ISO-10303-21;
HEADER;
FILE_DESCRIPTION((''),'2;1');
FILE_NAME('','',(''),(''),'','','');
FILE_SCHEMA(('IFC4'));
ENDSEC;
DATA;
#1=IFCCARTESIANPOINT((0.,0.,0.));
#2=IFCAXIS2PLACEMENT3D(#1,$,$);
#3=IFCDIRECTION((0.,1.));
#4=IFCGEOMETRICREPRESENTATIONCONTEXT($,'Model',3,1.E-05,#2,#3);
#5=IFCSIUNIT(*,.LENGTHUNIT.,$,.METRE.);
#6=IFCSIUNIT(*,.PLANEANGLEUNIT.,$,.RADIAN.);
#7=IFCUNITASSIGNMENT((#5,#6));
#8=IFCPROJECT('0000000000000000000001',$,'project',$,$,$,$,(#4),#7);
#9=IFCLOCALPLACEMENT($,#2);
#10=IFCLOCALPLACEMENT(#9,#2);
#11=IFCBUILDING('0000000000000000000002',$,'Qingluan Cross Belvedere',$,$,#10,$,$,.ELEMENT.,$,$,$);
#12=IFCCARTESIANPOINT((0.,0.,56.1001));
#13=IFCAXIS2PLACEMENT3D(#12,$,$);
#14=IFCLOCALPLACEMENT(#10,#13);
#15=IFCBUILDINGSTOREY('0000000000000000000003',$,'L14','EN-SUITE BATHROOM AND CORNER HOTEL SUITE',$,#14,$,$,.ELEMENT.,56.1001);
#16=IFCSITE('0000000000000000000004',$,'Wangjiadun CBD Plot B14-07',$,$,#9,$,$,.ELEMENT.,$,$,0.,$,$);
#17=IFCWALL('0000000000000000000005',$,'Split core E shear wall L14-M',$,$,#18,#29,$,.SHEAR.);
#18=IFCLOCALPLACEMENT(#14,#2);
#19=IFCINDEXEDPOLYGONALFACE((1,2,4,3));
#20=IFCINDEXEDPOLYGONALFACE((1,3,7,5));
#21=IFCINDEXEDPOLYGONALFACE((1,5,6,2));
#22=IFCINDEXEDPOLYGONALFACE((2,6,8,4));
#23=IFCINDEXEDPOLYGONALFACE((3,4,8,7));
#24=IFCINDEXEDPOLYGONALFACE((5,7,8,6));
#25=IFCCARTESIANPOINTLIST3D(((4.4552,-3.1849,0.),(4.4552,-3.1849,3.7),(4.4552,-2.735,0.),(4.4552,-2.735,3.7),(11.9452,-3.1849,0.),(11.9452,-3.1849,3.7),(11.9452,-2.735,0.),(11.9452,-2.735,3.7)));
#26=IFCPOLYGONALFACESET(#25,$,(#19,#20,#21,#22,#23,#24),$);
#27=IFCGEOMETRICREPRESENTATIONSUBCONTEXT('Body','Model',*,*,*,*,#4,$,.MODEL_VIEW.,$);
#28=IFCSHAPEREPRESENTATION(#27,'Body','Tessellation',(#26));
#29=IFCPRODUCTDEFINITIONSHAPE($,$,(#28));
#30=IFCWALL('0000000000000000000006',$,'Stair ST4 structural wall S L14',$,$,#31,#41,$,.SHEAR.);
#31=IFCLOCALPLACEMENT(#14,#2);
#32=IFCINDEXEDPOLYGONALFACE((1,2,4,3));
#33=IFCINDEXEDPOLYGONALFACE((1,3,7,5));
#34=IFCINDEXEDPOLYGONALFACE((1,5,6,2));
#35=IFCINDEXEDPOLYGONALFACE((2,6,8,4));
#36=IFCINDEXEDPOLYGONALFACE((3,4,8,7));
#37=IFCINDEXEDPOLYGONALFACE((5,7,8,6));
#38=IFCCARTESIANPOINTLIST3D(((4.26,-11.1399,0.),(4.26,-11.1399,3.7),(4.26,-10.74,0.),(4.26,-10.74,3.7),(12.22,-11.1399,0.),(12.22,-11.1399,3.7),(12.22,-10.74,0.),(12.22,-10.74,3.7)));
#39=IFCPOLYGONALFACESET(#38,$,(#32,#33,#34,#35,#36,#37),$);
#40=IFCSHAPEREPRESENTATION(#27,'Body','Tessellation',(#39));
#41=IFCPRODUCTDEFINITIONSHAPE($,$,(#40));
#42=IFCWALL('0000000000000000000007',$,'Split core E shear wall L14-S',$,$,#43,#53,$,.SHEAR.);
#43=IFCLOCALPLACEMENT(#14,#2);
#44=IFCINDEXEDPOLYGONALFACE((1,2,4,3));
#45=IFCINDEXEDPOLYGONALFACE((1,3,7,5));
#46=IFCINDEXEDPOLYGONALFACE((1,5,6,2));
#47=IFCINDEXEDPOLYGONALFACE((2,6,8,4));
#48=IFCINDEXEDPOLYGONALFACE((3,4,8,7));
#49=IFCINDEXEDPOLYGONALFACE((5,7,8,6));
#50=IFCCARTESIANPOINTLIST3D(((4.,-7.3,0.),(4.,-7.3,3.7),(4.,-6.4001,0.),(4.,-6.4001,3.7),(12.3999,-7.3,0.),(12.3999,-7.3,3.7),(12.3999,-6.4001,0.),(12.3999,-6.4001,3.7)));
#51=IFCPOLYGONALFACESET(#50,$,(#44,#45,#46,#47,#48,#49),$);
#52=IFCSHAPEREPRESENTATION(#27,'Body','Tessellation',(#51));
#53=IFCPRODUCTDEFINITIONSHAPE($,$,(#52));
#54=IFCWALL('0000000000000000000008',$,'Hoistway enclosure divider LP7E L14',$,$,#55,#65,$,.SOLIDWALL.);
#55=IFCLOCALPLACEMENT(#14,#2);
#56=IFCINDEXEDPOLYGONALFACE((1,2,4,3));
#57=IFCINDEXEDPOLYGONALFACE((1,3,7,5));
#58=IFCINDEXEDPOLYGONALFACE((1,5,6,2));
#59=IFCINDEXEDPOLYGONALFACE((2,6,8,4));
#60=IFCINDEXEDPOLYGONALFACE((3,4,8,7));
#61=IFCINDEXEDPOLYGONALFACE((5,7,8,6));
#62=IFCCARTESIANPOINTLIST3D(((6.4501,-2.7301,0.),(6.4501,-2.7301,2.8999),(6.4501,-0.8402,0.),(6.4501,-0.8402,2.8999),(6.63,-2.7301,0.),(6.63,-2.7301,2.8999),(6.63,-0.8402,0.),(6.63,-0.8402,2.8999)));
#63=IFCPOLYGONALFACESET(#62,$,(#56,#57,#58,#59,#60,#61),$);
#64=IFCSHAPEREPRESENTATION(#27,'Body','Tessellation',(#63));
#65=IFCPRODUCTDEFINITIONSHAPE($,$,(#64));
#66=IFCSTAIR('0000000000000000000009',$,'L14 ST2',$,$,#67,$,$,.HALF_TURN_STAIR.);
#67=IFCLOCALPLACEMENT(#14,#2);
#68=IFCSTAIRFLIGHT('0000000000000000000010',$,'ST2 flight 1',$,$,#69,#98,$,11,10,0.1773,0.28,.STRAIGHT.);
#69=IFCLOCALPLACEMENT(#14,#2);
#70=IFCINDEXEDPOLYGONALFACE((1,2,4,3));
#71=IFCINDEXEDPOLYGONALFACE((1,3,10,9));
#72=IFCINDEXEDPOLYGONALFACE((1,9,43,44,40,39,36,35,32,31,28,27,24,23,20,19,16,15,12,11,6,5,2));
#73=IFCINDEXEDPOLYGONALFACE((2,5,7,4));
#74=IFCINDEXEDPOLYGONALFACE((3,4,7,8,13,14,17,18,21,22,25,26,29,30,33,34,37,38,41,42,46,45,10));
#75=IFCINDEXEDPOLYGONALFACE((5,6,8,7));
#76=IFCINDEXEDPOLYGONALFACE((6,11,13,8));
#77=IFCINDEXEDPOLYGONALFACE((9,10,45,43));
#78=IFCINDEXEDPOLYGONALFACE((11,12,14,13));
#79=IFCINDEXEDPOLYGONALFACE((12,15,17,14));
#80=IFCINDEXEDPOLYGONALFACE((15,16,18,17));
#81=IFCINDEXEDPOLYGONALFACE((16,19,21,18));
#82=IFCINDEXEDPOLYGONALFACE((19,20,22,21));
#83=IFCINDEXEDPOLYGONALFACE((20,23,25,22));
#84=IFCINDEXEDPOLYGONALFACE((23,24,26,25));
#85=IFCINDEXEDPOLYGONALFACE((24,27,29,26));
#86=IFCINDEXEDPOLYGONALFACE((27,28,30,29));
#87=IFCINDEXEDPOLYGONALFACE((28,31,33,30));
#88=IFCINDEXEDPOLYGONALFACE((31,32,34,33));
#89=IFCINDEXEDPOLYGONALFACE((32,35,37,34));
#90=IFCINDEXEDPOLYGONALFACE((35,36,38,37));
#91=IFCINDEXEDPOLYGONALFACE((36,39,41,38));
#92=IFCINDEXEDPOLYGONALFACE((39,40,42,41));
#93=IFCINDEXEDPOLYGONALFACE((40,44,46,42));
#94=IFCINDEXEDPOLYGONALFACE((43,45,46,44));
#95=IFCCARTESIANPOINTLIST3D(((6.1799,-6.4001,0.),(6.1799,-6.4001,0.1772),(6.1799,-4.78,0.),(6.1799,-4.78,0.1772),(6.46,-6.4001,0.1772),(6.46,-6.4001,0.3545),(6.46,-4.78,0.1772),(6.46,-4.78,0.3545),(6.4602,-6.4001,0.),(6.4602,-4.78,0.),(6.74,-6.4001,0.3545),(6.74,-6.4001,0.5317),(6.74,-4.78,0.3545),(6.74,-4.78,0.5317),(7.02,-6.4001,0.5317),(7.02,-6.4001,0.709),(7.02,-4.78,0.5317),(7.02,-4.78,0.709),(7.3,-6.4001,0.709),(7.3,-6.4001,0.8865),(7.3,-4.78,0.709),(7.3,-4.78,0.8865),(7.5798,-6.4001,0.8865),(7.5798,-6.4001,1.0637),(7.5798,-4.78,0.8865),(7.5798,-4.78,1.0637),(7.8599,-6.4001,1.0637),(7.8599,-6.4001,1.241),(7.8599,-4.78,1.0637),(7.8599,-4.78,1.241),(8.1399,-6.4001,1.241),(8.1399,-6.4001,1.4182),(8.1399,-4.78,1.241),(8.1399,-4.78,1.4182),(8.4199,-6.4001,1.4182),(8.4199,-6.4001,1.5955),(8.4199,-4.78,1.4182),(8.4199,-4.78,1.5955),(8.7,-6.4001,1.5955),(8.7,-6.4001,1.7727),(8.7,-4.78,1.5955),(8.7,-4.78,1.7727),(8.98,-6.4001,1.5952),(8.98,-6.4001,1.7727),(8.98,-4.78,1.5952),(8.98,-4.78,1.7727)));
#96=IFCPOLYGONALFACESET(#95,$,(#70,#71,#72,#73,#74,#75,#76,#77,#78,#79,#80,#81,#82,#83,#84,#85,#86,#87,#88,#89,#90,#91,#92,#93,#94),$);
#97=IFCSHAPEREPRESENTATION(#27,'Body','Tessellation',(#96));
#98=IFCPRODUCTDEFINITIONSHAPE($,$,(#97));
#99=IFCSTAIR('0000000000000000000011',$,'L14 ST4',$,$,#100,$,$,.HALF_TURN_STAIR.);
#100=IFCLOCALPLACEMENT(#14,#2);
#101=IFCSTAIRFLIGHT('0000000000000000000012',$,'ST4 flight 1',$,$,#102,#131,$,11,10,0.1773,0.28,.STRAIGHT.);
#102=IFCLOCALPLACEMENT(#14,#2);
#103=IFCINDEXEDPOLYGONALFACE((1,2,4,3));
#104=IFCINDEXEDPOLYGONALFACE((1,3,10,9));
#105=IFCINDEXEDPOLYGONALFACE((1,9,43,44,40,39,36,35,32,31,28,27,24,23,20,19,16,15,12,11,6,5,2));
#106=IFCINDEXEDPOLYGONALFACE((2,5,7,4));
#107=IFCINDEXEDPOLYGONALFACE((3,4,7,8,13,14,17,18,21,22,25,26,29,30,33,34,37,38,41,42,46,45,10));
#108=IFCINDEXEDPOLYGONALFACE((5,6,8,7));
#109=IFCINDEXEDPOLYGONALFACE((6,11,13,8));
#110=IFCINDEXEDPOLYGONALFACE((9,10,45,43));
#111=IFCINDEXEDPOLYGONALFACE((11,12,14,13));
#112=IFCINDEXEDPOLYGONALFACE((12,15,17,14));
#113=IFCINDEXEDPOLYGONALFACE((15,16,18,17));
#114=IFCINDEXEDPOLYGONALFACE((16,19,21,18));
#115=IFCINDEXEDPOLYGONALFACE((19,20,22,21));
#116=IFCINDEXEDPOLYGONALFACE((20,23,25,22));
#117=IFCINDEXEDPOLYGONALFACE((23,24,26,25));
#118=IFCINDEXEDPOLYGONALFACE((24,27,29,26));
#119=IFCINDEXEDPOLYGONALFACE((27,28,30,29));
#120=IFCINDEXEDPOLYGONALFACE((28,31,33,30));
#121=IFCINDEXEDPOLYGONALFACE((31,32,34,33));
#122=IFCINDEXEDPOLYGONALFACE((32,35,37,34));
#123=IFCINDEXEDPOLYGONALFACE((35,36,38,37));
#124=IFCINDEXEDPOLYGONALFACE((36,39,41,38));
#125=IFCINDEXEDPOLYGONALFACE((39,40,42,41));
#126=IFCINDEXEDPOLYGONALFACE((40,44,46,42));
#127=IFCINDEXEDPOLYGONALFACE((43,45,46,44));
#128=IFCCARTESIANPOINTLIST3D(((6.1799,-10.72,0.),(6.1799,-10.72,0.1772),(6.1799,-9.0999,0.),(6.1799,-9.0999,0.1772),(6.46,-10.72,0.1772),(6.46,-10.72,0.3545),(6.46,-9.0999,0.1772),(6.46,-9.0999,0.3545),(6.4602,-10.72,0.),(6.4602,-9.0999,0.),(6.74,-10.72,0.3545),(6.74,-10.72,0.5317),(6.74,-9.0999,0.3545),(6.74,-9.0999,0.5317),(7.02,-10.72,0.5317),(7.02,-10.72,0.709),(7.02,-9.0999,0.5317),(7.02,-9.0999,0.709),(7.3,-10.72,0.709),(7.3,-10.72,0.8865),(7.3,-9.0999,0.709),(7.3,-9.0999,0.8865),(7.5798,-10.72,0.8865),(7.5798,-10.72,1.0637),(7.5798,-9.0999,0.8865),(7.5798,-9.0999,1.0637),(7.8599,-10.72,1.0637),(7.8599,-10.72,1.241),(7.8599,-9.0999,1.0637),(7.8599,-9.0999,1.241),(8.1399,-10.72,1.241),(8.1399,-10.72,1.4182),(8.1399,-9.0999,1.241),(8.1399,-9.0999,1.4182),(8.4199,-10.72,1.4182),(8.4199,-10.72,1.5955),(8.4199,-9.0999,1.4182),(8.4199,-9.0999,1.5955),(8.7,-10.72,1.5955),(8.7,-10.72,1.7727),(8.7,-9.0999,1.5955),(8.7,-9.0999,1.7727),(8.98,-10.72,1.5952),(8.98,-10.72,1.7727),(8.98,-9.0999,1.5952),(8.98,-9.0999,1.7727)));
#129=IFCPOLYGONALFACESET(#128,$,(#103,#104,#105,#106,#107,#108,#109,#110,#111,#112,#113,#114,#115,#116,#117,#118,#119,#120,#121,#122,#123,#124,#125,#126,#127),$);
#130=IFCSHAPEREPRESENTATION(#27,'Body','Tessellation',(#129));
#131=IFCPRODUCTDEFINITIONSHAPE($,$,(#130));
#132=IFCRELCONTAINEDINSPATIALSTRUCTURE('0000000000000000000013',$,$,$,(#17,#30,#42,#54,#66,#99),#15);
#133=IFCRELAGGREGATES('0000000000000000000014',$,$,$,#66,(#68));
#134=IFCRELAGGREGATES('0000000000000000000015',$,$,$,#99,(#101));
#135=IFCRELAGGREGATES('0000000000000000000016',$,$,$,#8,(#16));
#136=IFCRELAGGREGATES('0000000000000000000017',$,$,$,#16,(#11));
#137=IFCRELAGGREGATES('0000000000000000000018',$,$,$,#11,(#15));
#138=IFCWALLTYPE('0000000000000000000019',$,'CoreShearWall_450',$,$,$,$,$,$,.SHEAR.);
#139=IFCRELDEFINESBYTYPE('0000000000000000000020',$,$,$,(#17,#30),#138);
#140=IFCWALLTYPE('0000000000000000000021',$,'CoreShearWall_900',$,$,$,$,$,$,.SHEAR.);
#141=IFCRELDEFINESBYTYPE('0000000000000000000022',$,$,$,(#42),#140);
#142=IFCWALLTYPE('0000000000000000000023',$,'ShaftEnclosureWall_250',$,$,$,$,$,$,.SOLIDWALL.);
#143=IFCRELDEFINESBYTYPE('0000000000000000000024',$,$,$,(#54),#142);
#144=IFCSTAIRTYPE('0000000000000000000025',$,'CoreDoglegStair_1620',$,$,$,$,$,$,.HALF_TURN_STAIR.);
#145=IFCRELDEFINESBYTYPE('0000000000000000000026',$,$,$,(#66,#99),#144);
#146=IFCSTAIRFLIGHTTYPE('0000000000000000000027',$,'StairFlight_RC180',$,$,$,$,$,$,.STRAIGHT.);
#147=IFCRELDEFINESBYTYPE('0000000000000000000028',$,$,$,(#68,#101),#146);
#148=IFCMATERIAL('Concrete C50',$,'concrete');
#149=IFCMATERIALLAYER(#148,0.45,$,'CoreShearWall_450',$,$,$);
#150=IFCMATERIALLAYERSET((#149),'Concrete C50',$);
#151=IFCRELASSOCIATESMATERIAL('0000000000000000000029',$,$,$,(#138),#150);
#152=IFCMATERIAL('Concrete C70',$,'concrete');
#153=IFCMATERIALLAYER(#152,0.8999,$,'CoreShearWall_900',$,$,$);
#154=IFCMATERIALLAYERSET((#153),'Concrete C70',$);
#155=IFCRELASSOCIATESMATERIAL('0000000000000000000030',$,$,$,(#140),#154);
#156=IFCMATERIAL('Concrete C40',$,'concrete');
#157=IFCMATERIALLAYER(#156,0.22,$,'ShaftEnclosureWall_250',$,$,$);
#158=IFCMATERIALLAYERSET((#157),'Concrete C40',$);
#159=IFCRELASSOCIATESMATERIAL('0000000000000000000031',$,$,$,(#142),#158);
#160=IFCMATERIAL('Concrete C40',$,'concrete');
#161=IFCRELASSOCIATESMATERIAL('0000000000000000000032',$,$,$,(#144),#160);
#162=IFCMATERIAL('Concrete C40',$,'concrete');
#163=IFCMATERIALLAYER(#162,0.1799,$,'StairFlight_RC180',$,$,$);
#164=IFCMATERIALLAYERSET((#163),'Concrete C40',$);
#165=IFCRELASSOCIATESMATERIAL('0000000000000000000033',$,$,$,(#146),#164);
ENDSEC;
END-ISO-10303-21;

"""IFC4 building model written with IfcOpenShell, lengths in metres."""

from ifc_helpers import new_model, si_unit, direction, frame, frame_2d, origin, place, context, subcontext, project, spatial, polyline, rectangle, outline, extrude, material, layer, layer_set, type_object, element, aggregate, save


model = new_model("IFC4")

# Units and contexts
model_context = context("Model", 3, precision=1e-05, world=origin(), true_north=direction((0.0, 1.0)))
body_context = subcontext(model_context, "Body", "Model", "MODEL_VIEW")
ifc_project = project(units=[si_unit("LENGTHUNIT", "METRE"), si_unit("PLANEANGLEUNIT", "RADIAN")], contexts=[model_context])

# Site, building, storey
site_placement = place(None, origin())
site = spatial("IfcSite", under=ifc_project, at=site_placement, Name="Wangjiadun CBD Plot B14-07", CompositionType="ELEMENT", RefElevation=0.0)
building_placement = place(site_placement, origin())
building = spatial("IfcBuilding", under=site, at=building_placement, Name="Qingluan Cross Belvedere", CompositionType="ELEMENT")
storey_placement = place(building_placement, frame((0.0, 0.0, 56.1001)))
storey = spatial("IfcBuildingStorey", under=building, at=storey_placement, Name="L14", Description="EN-SUITE BATHROOM AND CORNER HOTEL SUITE", CompositionType="ELEMENT", Elevation=56.1001)

# Walls
ifc_material_1 = material(Name="Concrete C50", Category="concrete")
ifc_layer_1 = layer(ifc_material_1, 0.45, Name="CoreShearWall_450")
ifc_layer_set_1 = layer_set([ifc_layer_1], Name="Concrete C50")
wall_type_1 = type_object("IfcWallType", Name="CoreShearWall_450", PredefinedType="SHEAR", material=ifc_layer_set_1)
wall_1_placement = place(storey_placement, frame((4.4551, -2.96, 0.0), z_axis=(0.0, 0.0, 1.0), x_axis=(1.0, 0.0, 0.0)))
element("IfcWall", 1, at=wall_1_placement, inside=storey, type_object=wall_type_1, Name="Split core E shear wall L14-M", PredefinedType="SHEAR", context=body_context, shape_type="SweptSolid", body=[
    extrude(rectangle(XDim=7.49, YDim=0.45, at=frame_2d((3.7451, 0.0))), origin(), (0.0, 0.0, 1.0), 3.7),
])
wall_2_placement = place(storey_placement, frame((4.26, -10.9399, 0.0), z_axis=(0.0, 0.0, 1.0), x_axis=(1.0, 0.0, 0.0)))
element("IfcWall", 2, at=wall_2_placement, inside=storey, type_object=wall_type_1, Name="Stair ST4 structural wall S L14", PredefinedType="SHEAR", context=body_context, shape_type="SweptSolid", body=[
    extrude(rectangle(XDim=7.96, YDim=0.3999, at=frame_2d((3.98, 0.0))), origin(), (0.0, 0.0, 1.0), 3.7),
])

# Wall
ifc_material_2 = material(Name="Concrete C70", Category="concrete")
ifc_layer_2 = layer(ifc_material_2, 0.8999, Name="CoreShearWall_900")
ifc_layer_set_2 = layer_set([ifc_layer_2], Name="Concrete C70")
wall_type_2 = type_object("IfcWallType", Name="CoreShearWall_900", PredefinedType="SHEAR", material=ifc_layer_set_2)
wall_3_placement = place(storey_placement, frame((4.0, -6.8501, 0.0), z_axis=(0.0, 0.0, 1.0), x_axis=(1.0, 0.0, 0.0)))
element("IfcWall", 3, at=wall_3_placement, inside=storey, type_object=wall_type_2, Name="Split core E shear wall L14-S", PredefinedType="SHEAR", context=body_context, shape_type="SweptSolid", body=[
    extrude(rectangle(XDim=8.3999, YDim=0.8999, at=frame_2d((4.2, 0.0))), origin(), (0.0, 0.0, 1.0), 3.7),
])

# Wall
ifc_material_3 = material(Name="Concrete C40", Category="concrete")
ifc_layer_3 = layer(ifc_material_3, 0.22, Name="ShaftEnclosureWall_250")
ifc_layer_set_3 = layer_set([ifc_layer_3], Name="Concrete C40")
wall_type_3 = type_object("IfcWallType", Name="ShaftEnclosureWall_250", PredefinedType="SOLIDWALL", material=ifc_layer_set_3)
wall_4_placement = place(storey_placement, frame((6.54, -2.73, 0.0), z_axis=(0.0, 0.0, 1.0), x_axis=(0.0, 1.0, 0.0)))
element("IfcWall", 4, at=wall_4_placement, inside=storey, type_object=wall_type_3, Name="Hoistway enclosure divider LP7E L14", PredefinedType="SOLIDWALL", context=body_context, shape_type="SweptSolid", body=[
    extrude(rectangle(XDim=1.8899, YDim=0.1799, at=frame_2d((0.9448, 0.0))), origin(), (0.0, 0.0, 1.0), 2.8999),
])

# Stairs, stair flights
ifc_material_4 = material(Name="Concrete C40", Category="concrete")
stair_type = type_object("IfcStairType", Name="CoreDoglegStair_1620", PredefinedType="HALF_TURN_STAIR", material=ifc_material_4)
stair_1_placement = place(storey_placement, origin())
stair_1 = element("IfcStair", 5, at=stair_1_placement, inside=storey, type_object=stair_type, Name="L14 ST2", PredefinedType="HALF_TURN_STAIR")
ifc_material_5 = material(Name="Concrete C40", Category="concrete")
ifc_layer_4 = layer(ifc_material_5, 0.1799, Name="StairFlight_RC180")
ifc_layer_set_4 = layer_set([ifc_layer_4], Name="Concrete C40")
stair_flight_type = type_object("IfcStairFlightType", Name="StairFlight_RC180", PredefinedType="STRAIGHT", material=ifc_layer_set_4)
stair_flight_1_placement = place(storey_placement, frame((6.1799, -5.5901, 0.0), z_axis=(0.0, 0.0, 1.0), x_axis=(1.0, 0.0, 0.0)))
stair_flight_1 = element("IfcStairFlight", 6, at=stair_flight_1_placement, type_object=stair_flight_type, Name="ST2 flight 1", NumberOfRisers=11, NumberOfTreads=10, PredefinedType="STRAIGHT", RiserHeight=0.1773, TreadLength=0.28, context=body_context, shape_type="SweptSolid", body=[
    extrude(outline(polyline([(0.0, 0.0), (0.0, 0.1772), (0.28, 0.1772), (0.28, 0.3545), (0.5601, 0.3545), (0.5601, 0.5317), (0.8401, 0.5317), (0.8401, 0.709), (1.1201, 0.709), (1.1201, 0.8865), (1.3999, 0.8865), (1.3999, 1.0637), (1.6799, 1.0637), (1.6799, 1.241), (1.96, 1.241), (1.96, 1.4182), (2.24, 1.4182), (2.24, 1.5955), (2.52, 1.5955), (2.52, 1.7727), (2.8, 1.7727), (2.8, 1.95), (2.8, 1.5952), (0.2803, 0.0), (0.0, 0.0)])), frame((0.0, 0.8101, 0.0), z_axis=(0.0, -1.0, 0.0), x_axis=(1.0, 0.0, 0.0)), (0.0, 0.0, 1.0), 1.6201),
])
aggregate(stair_1, [stair_flight_1])
stair_2_placement = place(storey_placement, origin())
stair_2 = element("IfcStair", 7, at=stair_2_placement, inside=storey, type_object=stair_type, Name="L14 ST4", PredefinedType="HALF_TURN_STAIR")
stair_flight_2_placement = place(storey_placement, frame((6.1799, -9.9099, 0.0), z_axis=(0.0, 0.0, 1.0), x_axis=(1.0, 0.0, 0.0)))
stair_flight_2 = element("IfcStairFlight", 8, at=stair_flight_2_placement, type_object=stair_flight_type, Name="ST4 flight 1", NumberOfRisers=11, NumberOfTreads=10, PredefinedType="STRAIGHT", RiserHeight=0.1773, TreadLength=0.28, context=body_context, shape_type="SweptSolid", body=[
    extrude(outline(polyline([(0.0, 0.0), (0.0, 0.1772), (0.28, 0.1772), (0.28, 0.3545), (0.5601, 0.3545), (0.5601, 0.5317), (0.8401, 0.5317), (0.8401, 0.709), (1.1201, 0.709), (1.1201, 0.8865), (1.3999, 0.8865), (1.3999, 1.0637), (1.6799, 1.0637), (1.6799, 1.241), (1.96, 1.241), (1.96, 1.4182), (2.24, 1.4182), (2.24, 1.5955), (2.52, 1.5955), (2.52, 1.7727), (2.8, 1.7727), (2.8, 1.95), (2.8, 1.5952), (0.2803, 0.0), (0.0, 0.0)])), frame((0.0, 0.8101, 0.0), z_axis=(0.0, -1.0, 0.0), x_axis=(1.0, 0.0, 0.0)), (0.0, 0.0, 1.0), 1.6201),
])
aggregate(stair_2, [stair_flight_2])

save(model, "model.ifc")
